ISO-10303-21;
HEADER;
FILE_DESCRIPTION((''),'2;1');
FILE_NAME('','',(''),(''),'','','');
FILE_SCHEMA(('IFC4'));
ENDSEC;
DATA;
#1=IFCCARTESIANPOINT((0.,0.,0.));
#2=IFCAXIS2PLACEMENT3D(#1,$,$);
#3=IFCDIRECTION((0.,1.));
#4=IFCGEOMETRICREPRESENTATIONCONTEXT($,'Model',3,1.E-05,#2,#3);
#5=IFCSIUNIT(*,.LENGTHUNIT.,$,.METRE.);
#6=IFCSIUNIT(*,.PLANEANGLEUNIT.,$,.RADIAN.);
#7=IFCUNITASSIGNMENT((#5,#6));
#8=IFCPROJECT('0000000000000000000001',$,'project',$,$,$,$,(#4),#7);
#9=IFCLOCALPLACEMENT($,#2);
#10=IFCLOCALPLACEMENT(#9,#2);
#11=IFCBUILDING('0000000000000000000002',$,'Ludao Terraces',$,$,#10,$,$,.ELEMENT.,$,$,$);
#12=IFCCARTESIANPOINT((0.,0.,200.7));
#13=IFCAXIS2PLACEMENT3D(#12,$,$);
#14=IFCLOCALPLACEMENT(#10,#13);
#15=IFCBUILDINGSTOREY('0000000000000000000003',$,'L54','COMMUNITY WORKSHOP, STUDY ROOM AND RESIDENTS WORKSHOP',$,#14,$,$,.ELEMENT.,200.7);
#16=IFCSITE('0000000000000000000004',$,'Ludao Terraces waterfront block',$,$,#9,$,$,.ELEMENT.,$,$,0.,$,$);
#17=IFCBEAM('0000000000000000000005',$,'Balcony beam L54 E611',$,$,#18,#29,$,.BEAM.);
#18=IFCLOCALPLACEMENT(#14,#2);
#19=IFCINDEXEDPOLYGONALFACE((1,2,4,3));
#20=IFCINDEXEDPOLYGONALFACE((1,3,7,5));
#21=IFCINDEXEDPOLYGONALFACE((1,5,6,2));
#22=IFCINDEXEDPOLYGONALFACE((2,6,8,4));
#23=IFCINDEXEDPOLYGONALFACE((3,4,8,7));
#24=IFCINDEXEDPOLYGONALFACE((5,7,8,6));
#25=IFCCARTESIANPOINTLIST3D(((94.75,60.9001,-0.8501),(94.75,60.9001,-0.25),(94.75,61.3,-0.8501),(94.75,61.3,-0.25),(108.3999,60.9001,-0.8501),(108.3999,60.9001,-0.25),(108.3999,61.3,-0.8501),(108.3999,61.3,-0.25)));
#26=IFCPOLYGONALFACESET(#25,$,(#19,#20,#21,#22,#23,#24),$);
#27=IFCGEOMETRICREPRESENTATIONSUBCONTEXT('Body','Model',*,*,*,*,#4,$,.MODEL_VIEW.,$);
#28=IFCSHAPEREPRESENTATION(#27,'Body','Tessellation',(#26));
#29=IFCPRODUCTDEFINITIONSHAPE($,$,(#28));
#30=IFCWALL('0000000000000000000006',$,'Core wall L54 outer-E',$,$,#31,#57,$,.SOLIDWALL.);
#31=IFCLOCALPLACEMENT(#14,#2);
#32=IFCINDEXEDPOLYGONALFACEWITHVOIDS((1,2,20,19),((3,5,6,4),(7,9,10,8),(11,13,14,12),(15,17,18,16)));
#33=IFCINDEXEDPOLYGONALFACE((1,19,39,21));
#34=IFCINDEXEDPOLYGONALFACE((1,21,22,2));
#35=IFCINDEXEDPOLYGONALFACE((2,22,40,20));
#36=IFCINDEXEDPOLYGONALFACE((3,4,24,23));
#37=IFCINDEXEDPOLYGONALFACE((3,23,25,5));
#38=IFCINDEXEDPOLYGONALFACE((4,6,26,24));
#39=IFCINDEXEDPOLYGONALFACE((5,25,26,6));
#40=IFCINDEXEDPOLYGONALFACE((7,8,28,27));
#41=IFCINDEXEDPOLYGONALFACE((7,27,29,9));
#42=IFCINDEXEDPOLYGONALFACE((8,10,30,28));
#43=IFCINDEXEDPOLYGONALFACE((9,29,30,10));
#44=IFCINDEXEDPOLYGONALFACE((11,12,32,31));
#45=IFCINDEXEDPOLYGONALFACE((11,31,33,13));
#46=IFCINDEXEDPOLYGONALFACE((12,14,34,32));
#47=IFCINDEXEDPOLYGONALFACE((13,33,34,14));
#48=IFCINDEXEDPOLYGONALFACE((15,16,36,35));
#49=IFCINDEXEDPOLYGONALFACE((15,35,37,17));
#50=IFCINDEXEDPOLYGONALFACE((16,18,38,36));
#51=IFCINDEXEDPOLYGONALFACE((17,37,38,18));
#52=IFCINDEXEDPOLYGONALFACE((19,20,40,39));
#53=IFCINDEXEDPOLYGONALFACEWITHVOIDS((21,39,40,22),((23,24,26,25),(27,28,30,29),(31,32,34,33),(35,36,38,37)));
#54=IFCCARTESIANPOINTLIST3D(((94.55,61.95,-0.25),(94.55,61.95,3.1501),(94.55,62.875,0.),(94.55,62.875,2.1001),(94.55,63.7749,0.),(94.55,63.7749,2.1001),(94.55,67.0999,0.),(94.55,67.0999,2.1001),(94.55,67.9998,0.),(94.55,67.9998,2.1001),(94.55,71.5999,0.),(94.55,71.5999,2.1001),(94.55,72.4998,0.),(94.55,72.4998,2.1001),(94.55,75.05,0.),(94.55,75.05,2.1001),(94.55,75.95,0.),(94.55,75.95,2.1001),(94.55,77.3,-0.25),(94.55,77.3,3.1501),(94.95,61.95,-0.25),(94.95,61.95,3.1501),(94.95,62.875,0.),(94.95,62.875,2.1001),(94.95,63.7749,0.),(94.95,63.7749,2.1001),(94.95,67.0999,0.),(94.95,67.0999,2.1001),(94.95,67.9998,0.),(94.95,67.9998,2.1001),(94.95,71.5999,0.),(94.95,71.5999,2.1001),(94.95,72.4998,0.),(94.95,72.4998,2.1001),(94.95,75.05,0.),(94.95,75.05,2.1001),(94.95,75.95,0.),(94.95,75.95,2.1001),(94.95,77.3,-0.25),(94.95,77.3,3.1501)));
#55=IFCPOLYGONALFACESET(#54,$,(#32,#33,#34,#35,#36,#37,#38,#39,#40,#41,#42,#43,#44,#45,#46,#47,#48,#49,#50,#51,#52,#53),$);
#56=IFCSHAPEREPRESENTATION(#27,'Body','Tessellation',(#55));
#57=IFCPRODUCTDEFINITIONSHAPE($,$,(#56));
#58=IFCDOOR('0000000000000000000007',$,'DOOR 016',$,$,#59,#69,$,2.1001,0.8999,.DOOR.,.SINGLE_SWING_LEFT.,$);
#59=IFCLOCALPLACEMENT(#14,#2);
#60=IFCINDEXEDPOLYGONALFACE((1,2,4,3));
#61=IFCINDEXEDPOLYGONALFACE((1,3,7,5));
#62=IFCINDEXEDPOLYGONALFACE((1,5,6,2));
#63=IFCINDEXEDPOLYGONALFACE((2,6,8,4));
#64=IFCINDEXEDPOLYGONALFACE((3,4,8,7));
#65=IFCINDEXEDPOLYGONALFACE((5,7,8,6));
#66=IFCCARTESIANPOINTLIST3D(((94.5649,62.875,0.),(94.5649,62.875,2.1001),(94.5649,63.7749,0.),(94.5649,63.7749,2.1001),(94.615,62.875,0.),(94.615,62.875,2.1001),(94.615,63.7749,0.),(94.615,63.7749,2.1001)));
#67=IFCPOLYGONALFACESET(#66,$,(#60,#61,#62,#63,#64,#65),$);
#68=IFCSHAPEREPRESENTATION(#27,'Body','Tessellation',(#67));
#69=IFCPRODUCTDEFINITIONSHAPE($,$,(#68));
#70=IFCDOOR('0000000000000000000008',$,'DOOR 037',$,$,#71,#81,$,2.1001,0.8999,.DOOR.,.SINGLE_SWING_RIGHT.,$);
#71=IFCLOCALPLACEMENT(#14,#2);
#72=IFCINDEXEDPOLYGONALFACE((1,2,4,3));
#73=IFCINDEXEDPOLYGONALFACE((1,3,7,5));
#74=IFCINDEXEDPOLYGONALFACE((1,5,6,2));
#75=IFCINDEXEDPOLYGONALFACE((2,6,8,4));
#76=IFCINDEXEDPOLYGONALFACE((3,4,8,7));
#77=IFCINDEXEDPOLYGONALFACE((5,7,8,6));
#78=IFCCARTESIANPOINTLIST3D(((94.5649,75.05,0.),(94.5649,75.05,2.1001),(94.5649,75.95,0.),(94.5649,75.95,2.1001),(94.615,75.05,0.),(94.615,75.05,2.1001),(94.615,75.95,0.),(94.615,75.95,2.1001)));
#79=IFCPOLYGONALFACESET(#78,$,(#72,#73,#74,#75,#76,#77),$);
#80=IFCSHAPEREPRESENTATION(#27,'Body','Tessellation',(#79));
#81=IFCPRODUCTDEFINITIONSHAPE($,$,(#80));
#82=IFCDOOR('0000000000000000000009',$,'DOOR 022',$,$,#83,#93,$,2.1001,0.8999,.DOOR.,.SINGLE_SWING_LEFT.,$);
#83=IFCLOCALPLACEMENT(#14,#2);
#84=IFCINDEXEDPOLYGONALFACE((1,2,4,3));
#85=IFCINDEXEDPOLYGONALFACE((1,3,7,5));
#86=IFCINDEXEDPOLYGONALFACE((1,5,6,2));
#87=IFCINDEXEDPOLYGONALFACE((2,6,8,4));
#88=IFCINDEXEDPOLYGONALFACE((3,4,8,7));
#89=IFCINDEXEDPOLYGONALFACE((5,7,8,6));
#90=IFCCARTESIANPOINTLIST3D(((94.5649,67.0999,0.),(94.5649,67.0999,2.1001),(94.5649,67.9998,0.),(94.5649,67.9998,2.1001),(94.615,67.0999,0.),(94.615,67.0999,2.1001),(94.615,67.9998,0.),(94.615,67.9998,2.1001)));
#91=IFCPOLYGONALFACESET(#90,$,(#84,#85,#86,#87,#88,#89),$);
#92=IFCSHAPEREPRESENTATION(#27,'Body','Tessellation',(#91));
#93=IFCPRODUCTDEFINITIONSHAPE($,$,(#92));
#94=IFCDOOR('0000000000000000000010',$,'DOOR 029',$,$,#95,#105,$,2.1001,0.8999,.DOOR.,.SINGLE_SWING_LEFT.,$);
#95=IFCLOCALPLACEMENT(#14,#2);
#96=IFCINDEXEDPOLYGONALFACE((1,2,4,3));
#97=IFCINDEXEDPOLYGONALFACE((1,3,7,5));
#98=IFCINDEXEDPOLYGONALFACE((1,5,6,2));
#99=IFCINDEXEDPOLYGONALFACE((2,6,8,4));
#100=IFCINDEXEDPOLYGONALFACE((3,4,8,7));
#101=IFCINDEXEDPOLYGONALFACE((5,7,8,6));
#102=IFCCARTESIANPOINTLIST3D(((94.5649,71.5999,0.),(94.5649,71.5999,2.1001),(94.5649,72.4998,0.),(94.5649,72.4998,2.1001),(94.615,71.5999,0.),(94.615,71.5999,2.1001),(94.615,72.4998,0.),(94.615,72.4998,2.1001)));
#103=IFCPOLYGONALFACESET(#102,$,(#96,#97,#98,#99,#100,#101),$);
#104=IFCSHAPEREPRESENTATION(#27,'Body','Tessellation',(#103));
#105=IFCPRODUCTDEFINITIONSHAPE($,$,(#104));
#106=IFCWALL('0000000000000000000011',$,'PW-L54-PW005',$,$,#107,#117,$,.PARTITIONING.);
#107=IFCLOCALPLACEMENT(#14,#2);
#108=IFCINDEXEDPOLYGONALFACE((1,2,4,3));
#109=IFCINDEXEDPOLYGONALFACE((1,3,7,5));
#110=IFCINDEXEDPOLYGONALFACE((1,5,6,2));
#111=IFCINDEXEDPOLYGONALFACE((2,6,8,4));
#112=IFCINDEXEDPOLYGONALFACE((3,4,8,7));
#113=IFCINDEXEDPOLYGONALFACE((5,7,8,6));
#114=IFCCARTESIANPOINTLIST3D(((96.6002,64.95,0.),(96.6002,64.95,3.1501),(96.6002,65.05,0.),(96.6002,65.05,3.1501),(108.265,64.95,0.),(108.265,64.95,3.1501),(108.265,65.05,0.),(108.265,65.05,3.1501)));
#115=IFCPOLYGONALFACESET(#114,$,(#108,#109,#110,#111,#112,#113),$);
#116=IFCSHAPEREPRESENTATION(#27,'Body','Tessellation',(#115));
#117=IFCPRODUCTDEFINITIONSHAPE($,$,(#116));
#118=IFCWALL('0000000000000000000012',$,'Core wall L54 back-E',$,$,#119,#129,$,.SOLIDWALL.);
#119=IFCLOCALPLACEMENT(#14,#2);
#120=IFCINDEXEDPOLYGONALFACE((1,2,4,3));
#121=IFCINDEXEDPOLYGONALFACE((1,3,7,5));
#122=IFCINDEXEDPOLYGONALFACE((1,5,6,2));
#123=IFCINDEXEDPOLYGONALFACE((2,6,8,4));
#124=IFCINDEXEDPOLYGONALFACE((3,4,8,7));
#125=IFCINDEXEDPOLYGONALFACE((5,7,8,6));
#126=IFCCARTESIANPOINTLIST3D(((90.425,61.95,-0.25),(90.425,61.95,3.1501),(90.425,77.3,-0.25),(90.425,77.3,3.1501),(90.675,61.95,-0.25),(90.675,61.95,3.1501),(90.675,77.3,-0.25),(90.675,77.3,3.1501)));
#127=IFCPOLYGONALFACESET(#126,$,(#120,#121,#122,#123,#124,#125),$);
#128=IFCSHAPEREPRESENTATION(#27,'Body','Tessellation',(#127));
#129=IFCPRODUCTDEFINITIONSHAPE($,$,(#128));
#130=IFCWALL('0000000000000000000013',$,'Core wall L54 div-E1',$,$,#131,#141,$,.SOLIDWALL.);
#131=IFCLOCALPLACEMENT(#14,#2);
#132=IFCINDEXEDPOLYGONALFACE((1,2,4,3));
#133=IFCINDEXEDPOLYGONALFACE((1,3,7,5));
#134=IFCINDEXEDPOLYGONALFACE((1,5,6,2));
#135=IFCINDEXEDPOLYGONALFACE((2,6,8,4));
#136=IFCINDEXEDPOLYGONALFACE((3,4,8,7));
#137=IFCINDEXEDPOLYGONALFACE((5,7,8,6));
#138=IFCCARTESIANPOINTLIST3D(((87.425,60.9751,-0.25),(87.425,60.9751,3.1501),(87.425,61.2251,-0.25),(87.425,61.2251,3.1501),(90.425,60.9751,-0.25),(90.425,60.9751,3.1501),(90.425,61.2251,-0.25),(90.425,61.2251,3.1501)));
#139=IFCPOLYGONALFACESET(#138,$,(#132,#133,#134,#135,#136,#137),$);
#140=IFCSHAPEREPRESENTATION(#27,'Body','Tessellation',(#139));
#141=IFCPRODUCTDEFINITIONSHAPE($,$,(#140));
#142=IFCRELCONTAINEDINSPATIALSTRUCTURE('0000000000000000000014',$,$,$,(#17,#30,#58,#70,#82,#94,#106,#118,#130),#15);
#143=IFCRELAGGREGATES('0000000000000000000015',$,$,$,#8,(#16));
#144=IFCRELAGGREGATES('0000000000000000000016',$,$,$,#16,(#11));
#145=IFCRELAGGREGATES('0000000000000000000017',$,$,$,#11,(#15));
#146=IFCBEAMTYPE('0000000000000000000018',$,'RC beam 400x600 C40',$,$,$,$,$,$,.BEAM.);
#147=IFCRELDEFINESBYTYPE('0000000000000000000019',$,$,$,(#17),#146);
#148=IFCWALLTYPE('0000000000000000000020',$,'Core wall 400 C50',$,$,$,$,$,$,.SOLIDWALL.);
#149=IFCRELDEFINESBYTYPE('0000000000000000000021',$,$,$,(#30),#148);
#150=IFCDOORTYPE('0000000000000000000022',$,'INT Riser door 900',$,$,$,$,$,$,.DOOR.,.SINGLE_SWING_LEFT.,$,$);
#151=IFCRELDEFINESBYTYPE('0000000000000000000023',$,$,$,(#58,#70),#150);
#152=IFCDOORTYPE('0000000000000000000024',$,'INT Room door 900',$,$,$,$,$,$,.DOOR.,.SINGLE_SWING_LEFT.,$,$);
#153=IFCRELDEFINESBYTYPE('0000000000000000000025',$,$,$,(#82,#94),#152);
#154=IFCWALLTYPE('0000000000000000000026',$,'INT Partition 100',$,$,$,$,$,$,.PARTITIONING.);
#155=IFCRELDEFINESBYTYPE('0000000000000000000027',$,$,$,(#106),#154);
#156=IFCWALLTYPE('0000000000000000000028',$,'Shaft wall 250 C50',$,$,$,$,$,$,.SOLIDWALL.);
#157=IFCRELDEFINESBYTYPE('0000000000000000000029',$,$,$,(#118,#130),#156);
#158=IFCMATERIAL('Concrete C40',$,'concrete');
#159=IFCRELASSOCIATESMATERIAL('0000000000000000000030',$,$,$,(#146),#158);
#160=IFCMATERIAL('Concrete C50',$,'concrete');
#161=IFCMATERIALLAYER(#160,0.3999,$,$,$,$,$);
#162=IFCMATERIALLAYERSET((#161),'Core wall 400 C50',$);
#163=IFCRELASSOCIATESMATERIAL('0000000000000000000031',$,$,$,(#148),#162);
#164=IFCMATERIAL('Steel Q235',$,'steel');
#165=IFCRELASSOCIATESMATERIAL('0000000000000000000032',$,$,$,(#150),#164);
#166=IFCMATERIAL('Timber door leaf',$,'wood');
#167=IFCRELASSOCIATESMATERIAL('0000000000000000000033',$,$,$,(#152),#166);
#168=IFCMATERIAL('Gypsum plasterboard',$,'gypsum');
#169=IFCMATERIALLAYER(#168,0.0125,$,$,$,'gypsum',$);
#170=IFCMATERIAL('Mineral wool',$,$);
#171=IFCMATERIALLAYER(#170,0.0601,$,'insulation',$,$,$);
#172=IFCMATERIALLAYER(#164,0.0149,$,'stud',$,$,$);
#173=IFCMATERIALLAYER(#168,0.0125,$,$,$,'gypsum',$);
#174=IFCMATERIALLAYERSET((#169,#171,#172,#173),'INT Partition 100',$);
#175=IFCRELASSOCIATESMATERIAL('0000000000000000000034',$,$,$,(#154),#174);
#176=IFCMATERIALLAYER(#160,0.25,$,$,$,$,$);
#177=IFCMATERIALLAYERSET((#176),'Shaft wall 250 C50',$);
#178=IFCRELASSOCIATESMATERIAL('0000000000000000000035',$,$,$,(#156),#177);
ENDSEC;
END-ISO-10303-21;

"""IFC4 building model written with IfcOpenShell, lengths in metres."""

from ifc_helpers import new_model, si_unit, direction, frame, frame_2d, origin, origin_2d, place, context, subcontext, project, spatial, rectangle, extrude, material, layer, layer_set, material_profile, profile_set, type_object, element, fill, save


model = new_model("IFC4")

# Units and contexts
model_context = context("Model", 3, precision=1e-05, world=origin(), true_north=direction((0.0, 1.0)))
body_context = subcontext(model_context, "Body", "Model", "MODEL_VIEW")
ifc_project = project(units=[si_unit("LENGTHUNIT", "METRE"), si_unit("PLANEANGLEUNIT", "RADIAN")], contexts=[model_context])

# Site, building, storey
site_placement = place(None, origin())
site = spatial("IfcSite", under=ifc_project, at=site_placement, Name="Ludao Terraces waterfront block", CompositionType="ELEMENT", RefElevation=0.0)
building_placement = place(site_placement, origin())
building = spatial("IfcBuilding", under=site, at=building_placement, Name="Ludao Terraces", CompositionType="ELEMENT")
storey_placement = place(building_placement, frame((0.0, 0.0, 200.7)))
storey = spatial("IfcBuildingStorey", under=building, at=storey_placement, Name="L54", Description="COMMUNITY WORKSHOP, STUDY ROOM AND RESIDENTS WORKSHOP", CompositionType="ELEMENT", Elevation=200.7)

# Beam
ifc_material_1 = material(Name="Concrete C40", Category="concrete")
ifc_material_profile = material_profile(ifc_material_1, rectangle(XDim=0.3999, YDim=0.6001, at=origin_2d()), Name="400 X 600")
ifc_profile_set = profile_set([ifc_material_profile], Name="Concrete C40")
beam_type = type_object("IfcBeamType", Name="RC beam 400x600 C40", PredefinedType="BEAM", material=ifc_profile_set)
beam_placement = place(storey_placement, frame((94.75, 61.1001, -0.55), z_axis=(1.0, 0.0, 0.0), x_axis=(0.0, 1.0, 0.0)))
element("IfcBeam", 1, at=beam_placement, inside=storey, type_object=beam_type, Name="Balcony beam L54 E611", PredefinedType="BEAM", context=body_context, shape_type="SweptSolid", body=[
    extrude(rectangle(XDim=0.3999, YDim=0.6001, at=origin_2d()), origin(), (0.0, 0.0, 1.0), 13.6499),
])

# Wall, openings, doors
ifc_material_2 = material(Name="Concrete C50", Category="concrete")
ifc_layer_1 = layer(ifc_material_2, 0.3999)
ifc_layer_set_1 = layer_set([ifc_layer_1], Name="Core wall 400 C50")
wall_type_1 = type_object("IfcWallType", Name="Core wall 400 C50", PredefinedType="SOLIDWALL", material=ifc_layer_set_1)
wall_1_placement = place(storey_placement, frame((94.75, 61.95, -0.25), z_axis=(0.0, 0.0, 1.0), x_axis=(0.0, 1.0, 0.0)))
wall_1 = element("IfcWall", 2, at=wall_1_placement, inside=storey, type_object=wall_type_1, Name="Core wall L54 outer-E", PredefinedType="SOLIDWALL", context=body_context, shape_type="SweptSolid", body=[
    extrude(rectangle(XDim=15.3501, YDim=0.3999, at=frame_2d((7.675, 0.0))), origin(), (0.0, 0.0, 1.0), 3.4001),
])
opening_1_placement = place(wall_1_placement, frame((0.925, 0.0, 0.25)))
opening_1 = element("IfcOpeningElement", 3, at=opening_1_placement, cuts=wall_1, PredefinedType="OPENING", context=body_context, shape_type="SweptSolid", body=[
    extrude(rectangle(XDim=0.8999, YDim=2.1001, at=frame_2d((0.45, 1.05))), frame((0.0, 0.21, 0.0), z_axis=(0.0, -1.0, 0.0), x_axis=(1.0, 0.0, 0.0)), (0.0, 0.0, 1.0), 0.4199),
])
opening_2_placement = place(wall_1_placement, frame((5.1499, 0.0, 0.25)))
opening_2 = element("IfcOpeningElement", 4, at=opening_2_placement, cuts=wall_1, PredefinedType="OPENING", context=body_context, shape_type="SweptSolid", body=[
    extrude(rectangle(XDim=0.8999, YDim=2.1001, at=frame_2d((0.45, 1.05))), frame((0.0, 0.21, 0.0), z_axis=(0.0, -1.0, 0.0), x_axis=(1.0, 0.0, 0.0)), (0.0, 0.0, 1.0), 0.4199),
])
opening_3_placement = place(wall_1_placement, frame((9.6499, 0.0, 0.25)))
opening_3 = element("IfcOpeningElement", 5, at=opening_3_placement, cuts=wall_1, PredefinedType="OPENING", context=body_context, shape_type="SweptSolid", body=[
    extrude(rectangle(XDim=0.8999, YDim=2.1001, at=frame_2d((0.45, 1.05))), frame((0.0, 0.21, 0.0), z_axis=(0.0, -1.0, 0.0), x_axis=(1.0, 0.0, 0.0)), (0.0, 0.0, 1.0), 0.4199),
])
opening_4_placement = place(wall_1_placement, frame((13.1001, 0.0, 0.25)))
opening_4 = element("IfcOpeningElement", 6, at=opening_4_placement, cuts=wall_1, PredefinedType="OPENING", context=body_context, shape_type="SweptSolid", body=[
    extrude(rectangle(XDim=0.8999, YDim=2.1001, at=frame_2d((0.45, 1.05))), frame((0.0, 0.21, 0.0), z_axis=(0.0, -1.0, 0.0), x_axis=(1.0, 0.0, 0.0)), (0.0, 0.0, 1.0), 0.4199),
])
ifc_material_3 = material(Name="Steel Q235", Category="steel")
door_type_1 = type_object("IfcDoorType", Name="INT Riser door 900", OperationType="SINGLE_SWING_LEFT", PredefinedType="DOOR", material=ifc_material_3)
door_1_placement = place(opening_1_placement, origin())
door_1 = element("IfcDoor", 7, at=door_1_placement, inside=storey, type_object=door_type_1, Name="DOOR 016", OperationType="SINGLE_SWING_LEFT", OverallHeight=2.1001, OverallWidth=0.8999, PredefinedType="DOOR", context=body_context, shape_type="SweptSolid", body=[
    extrude(rectangle(XDim=0.8999, YDim=2.1001, at=frame_2d((0.45, 1.05))), frame((0.0, 0.1851, 0.0), z_axis=(0.0, -1.0, 0.0), x_axis=(1.0, 0.0, 0.0)), (0.0, 0.0, 1.0), 0.05),
])
fill(opening_1, door_1)
door_2_placement = place(opening_4_placement, origin())
door_2 = element("IfcDoor", 8, at=door_2_placement, inside=storey, type_object=door_type_1, Name="DOOR 037", OperationType="SINGLE_SWING_RIGHT", OverallHeight=2.1001, OverallWidth=0.8999, PredefinedType="DOOR", context=body_context, shape_type="SweptSolid", body=[
    extrude(rectangle(XDim=0.8999, YDim=2.1001, at=frame_2d((0.45, 1.05))), frame((0.0, 0.1851, 0.0), z_axis=(0.0, -1.0, 0.0), x_axis=(1.0, 0.0, 0.0)), (0.0, 0.0, 1.0), 0.05),
])
fill(opening_4, door_2)
ifc_material_4 = material(Name="Timber door leaf", Category="wood")
door_type_2 = type_object("IfcDoorType", Name="INT Room door 900", OperationType="SINGLE_SWING_LEFT", PredefinedType="DOOR", material=ifc_material_4)
door_3_placement = place(opening_2_placement, origin())
door_3 = element("IfcDoor", 9, at=door_3_placement, inside=storey, type_object=door_type_2, Name="DOOR 022", OperationType="SINGLE_SWING_LEFT", OverallHeight=2.1001, OverallWidth=0.8999, PredefinedType="DOOR", context=body_context, shape_type="SweptSolid", body=[
    extrude(rectangle(XDim=0.8999, YDim=2.1001, at=frame_2d((0.45, 1.05))), frame((0.0, 0.1851, 0.0), z_axis=(0.0, -1.0, 0.0), x_axis=(1.0, 0.0, 0.0)), (0.0, 0.0, 1.0), 0.05),
])
fill(opening_2, door_3)
door_4_placement = place(opening_3_placement, origin())
door_4 = element("IfcDoor", 10, at=door_4_placement, inside=storey, type_object=door_type_2, Name="DOOR 029", OperationType="SINGLE_SWING_LEFT", OverallHeight=2.1001, OverallWidth=0.8999, PredefinedType="DOOR", context=body_context, shape_type="SweptSolid", body=[
    extrude(rectangle(XDim=0.8999, YDim=2.1001, at=frame_2d((0.45, 1.05))), frame((0.0, 0.1851, 0.0), z_axis=(0.0, -1.0, 0.0), x_axis=(1.0, 0.0, 0.0)), (0.0, 0.0, 1.0), 0.05),
])
fill(opening_3, door_4)

# Walls
ifc_material_5 = material(Name="Gypsum plasterboard", Category="gypsum")
ifc_layer_2 = layer(ifc_material_5, 0.0125, Category="gypsum")
ifc_material_6 = material(Name="Mineral wool")
ifc_layer_3 = layer(ifc_material_6, 0.0601, Name="insulation")
ifc_layer_4 = layer(ifc_material_3, 0.0149, Name="stud")
ifc_layer_5 = layer(ifc_material_5, 0.0125, Category="gypsum")
ifc_layer_set_2 = layer_set([ifc_layer_2, ifc_layer_3, ifc_layer_4, ifc_layer_5], Name="INT Partition 100")
wall_type_2 = type_object("IfcWallType", Name="INT Partition 100", PredefinedType="PARTITIONING", material=ifc_layer_set_2)
wall_2_placement = place(storey_placement, frame((96.6001, 65.0, 0.0), z_axis=(0.0, 0.0, 1.0), x_axis=(1.0, 0.0, 0.0)))
element("IfcWall", 11, at=wall_2_placement, inside=storey, type_object=wall_type_2, Name="PW-L54-PW005", PredefinedType="PARTITIONING", context=body_context, shape_type="SweptSolid", body=[
    extrude(rectangle(XDim=11.6648, YDim=0.1001, at=frame_2d((5.8325, 0.0))), origin(), (0.0, 0.0, 1.0), 3.1501),
])
ifc_layer_6 = layer(ifc_material_2, 0.25)
ifc_layer_set_3 = layer_set([ifc_layer_6], Name="Shaft wall 250 C50")
wall_type_3 = type_object("IfcWallType", Name="Shaft wall 250 C50", PredefinedType="SOLIDWALL", material=ifc_layer_set_3)
wall_3_placement = place(storey_placement, frame((90.55, 61.95, -0.25), z_axis=(0.0, 0.0, 1.0), x_axis=(0.0, 1.0, 0.0)))
element("IfcWall", 12, at=wall_3_placement, inside=storey, type_object=wall_type_3, Name="Core wall L54 back-E", PredefinedType="SOLIDWALL", context=body_context, shape_type="SweptSolid", body=[
    extrude(rectangle(XDim=15.3501, YDim=0.25, at=frame_2d((7.675, 0.0))), origin(), (0.0, 0.0, 1.0), 3.4001),
])
wall_4_placement = place(storey_placement, frame((87.425, 61.1001, -0.25), z_axis=(0.0, 0.0, 1.0), x_axis=(1.0, 0.0, 0.0)))
element("IfcWall", 13, at=wall_4_placement, inside=storey, type_object=wall_type_3, Name="Core wall L54 div-E1", PredefinedType="SOLIDWALL", context=body_context, shape_type="SweptSolid", body=[
    extrude(rectangle(XDim=3.0, YDim=0.25, at=frame_2d((1.5, 0.0))), origin(), (0.0, 0.0, 1.0), 3.4001),
])

save(model, "model.ifc")
